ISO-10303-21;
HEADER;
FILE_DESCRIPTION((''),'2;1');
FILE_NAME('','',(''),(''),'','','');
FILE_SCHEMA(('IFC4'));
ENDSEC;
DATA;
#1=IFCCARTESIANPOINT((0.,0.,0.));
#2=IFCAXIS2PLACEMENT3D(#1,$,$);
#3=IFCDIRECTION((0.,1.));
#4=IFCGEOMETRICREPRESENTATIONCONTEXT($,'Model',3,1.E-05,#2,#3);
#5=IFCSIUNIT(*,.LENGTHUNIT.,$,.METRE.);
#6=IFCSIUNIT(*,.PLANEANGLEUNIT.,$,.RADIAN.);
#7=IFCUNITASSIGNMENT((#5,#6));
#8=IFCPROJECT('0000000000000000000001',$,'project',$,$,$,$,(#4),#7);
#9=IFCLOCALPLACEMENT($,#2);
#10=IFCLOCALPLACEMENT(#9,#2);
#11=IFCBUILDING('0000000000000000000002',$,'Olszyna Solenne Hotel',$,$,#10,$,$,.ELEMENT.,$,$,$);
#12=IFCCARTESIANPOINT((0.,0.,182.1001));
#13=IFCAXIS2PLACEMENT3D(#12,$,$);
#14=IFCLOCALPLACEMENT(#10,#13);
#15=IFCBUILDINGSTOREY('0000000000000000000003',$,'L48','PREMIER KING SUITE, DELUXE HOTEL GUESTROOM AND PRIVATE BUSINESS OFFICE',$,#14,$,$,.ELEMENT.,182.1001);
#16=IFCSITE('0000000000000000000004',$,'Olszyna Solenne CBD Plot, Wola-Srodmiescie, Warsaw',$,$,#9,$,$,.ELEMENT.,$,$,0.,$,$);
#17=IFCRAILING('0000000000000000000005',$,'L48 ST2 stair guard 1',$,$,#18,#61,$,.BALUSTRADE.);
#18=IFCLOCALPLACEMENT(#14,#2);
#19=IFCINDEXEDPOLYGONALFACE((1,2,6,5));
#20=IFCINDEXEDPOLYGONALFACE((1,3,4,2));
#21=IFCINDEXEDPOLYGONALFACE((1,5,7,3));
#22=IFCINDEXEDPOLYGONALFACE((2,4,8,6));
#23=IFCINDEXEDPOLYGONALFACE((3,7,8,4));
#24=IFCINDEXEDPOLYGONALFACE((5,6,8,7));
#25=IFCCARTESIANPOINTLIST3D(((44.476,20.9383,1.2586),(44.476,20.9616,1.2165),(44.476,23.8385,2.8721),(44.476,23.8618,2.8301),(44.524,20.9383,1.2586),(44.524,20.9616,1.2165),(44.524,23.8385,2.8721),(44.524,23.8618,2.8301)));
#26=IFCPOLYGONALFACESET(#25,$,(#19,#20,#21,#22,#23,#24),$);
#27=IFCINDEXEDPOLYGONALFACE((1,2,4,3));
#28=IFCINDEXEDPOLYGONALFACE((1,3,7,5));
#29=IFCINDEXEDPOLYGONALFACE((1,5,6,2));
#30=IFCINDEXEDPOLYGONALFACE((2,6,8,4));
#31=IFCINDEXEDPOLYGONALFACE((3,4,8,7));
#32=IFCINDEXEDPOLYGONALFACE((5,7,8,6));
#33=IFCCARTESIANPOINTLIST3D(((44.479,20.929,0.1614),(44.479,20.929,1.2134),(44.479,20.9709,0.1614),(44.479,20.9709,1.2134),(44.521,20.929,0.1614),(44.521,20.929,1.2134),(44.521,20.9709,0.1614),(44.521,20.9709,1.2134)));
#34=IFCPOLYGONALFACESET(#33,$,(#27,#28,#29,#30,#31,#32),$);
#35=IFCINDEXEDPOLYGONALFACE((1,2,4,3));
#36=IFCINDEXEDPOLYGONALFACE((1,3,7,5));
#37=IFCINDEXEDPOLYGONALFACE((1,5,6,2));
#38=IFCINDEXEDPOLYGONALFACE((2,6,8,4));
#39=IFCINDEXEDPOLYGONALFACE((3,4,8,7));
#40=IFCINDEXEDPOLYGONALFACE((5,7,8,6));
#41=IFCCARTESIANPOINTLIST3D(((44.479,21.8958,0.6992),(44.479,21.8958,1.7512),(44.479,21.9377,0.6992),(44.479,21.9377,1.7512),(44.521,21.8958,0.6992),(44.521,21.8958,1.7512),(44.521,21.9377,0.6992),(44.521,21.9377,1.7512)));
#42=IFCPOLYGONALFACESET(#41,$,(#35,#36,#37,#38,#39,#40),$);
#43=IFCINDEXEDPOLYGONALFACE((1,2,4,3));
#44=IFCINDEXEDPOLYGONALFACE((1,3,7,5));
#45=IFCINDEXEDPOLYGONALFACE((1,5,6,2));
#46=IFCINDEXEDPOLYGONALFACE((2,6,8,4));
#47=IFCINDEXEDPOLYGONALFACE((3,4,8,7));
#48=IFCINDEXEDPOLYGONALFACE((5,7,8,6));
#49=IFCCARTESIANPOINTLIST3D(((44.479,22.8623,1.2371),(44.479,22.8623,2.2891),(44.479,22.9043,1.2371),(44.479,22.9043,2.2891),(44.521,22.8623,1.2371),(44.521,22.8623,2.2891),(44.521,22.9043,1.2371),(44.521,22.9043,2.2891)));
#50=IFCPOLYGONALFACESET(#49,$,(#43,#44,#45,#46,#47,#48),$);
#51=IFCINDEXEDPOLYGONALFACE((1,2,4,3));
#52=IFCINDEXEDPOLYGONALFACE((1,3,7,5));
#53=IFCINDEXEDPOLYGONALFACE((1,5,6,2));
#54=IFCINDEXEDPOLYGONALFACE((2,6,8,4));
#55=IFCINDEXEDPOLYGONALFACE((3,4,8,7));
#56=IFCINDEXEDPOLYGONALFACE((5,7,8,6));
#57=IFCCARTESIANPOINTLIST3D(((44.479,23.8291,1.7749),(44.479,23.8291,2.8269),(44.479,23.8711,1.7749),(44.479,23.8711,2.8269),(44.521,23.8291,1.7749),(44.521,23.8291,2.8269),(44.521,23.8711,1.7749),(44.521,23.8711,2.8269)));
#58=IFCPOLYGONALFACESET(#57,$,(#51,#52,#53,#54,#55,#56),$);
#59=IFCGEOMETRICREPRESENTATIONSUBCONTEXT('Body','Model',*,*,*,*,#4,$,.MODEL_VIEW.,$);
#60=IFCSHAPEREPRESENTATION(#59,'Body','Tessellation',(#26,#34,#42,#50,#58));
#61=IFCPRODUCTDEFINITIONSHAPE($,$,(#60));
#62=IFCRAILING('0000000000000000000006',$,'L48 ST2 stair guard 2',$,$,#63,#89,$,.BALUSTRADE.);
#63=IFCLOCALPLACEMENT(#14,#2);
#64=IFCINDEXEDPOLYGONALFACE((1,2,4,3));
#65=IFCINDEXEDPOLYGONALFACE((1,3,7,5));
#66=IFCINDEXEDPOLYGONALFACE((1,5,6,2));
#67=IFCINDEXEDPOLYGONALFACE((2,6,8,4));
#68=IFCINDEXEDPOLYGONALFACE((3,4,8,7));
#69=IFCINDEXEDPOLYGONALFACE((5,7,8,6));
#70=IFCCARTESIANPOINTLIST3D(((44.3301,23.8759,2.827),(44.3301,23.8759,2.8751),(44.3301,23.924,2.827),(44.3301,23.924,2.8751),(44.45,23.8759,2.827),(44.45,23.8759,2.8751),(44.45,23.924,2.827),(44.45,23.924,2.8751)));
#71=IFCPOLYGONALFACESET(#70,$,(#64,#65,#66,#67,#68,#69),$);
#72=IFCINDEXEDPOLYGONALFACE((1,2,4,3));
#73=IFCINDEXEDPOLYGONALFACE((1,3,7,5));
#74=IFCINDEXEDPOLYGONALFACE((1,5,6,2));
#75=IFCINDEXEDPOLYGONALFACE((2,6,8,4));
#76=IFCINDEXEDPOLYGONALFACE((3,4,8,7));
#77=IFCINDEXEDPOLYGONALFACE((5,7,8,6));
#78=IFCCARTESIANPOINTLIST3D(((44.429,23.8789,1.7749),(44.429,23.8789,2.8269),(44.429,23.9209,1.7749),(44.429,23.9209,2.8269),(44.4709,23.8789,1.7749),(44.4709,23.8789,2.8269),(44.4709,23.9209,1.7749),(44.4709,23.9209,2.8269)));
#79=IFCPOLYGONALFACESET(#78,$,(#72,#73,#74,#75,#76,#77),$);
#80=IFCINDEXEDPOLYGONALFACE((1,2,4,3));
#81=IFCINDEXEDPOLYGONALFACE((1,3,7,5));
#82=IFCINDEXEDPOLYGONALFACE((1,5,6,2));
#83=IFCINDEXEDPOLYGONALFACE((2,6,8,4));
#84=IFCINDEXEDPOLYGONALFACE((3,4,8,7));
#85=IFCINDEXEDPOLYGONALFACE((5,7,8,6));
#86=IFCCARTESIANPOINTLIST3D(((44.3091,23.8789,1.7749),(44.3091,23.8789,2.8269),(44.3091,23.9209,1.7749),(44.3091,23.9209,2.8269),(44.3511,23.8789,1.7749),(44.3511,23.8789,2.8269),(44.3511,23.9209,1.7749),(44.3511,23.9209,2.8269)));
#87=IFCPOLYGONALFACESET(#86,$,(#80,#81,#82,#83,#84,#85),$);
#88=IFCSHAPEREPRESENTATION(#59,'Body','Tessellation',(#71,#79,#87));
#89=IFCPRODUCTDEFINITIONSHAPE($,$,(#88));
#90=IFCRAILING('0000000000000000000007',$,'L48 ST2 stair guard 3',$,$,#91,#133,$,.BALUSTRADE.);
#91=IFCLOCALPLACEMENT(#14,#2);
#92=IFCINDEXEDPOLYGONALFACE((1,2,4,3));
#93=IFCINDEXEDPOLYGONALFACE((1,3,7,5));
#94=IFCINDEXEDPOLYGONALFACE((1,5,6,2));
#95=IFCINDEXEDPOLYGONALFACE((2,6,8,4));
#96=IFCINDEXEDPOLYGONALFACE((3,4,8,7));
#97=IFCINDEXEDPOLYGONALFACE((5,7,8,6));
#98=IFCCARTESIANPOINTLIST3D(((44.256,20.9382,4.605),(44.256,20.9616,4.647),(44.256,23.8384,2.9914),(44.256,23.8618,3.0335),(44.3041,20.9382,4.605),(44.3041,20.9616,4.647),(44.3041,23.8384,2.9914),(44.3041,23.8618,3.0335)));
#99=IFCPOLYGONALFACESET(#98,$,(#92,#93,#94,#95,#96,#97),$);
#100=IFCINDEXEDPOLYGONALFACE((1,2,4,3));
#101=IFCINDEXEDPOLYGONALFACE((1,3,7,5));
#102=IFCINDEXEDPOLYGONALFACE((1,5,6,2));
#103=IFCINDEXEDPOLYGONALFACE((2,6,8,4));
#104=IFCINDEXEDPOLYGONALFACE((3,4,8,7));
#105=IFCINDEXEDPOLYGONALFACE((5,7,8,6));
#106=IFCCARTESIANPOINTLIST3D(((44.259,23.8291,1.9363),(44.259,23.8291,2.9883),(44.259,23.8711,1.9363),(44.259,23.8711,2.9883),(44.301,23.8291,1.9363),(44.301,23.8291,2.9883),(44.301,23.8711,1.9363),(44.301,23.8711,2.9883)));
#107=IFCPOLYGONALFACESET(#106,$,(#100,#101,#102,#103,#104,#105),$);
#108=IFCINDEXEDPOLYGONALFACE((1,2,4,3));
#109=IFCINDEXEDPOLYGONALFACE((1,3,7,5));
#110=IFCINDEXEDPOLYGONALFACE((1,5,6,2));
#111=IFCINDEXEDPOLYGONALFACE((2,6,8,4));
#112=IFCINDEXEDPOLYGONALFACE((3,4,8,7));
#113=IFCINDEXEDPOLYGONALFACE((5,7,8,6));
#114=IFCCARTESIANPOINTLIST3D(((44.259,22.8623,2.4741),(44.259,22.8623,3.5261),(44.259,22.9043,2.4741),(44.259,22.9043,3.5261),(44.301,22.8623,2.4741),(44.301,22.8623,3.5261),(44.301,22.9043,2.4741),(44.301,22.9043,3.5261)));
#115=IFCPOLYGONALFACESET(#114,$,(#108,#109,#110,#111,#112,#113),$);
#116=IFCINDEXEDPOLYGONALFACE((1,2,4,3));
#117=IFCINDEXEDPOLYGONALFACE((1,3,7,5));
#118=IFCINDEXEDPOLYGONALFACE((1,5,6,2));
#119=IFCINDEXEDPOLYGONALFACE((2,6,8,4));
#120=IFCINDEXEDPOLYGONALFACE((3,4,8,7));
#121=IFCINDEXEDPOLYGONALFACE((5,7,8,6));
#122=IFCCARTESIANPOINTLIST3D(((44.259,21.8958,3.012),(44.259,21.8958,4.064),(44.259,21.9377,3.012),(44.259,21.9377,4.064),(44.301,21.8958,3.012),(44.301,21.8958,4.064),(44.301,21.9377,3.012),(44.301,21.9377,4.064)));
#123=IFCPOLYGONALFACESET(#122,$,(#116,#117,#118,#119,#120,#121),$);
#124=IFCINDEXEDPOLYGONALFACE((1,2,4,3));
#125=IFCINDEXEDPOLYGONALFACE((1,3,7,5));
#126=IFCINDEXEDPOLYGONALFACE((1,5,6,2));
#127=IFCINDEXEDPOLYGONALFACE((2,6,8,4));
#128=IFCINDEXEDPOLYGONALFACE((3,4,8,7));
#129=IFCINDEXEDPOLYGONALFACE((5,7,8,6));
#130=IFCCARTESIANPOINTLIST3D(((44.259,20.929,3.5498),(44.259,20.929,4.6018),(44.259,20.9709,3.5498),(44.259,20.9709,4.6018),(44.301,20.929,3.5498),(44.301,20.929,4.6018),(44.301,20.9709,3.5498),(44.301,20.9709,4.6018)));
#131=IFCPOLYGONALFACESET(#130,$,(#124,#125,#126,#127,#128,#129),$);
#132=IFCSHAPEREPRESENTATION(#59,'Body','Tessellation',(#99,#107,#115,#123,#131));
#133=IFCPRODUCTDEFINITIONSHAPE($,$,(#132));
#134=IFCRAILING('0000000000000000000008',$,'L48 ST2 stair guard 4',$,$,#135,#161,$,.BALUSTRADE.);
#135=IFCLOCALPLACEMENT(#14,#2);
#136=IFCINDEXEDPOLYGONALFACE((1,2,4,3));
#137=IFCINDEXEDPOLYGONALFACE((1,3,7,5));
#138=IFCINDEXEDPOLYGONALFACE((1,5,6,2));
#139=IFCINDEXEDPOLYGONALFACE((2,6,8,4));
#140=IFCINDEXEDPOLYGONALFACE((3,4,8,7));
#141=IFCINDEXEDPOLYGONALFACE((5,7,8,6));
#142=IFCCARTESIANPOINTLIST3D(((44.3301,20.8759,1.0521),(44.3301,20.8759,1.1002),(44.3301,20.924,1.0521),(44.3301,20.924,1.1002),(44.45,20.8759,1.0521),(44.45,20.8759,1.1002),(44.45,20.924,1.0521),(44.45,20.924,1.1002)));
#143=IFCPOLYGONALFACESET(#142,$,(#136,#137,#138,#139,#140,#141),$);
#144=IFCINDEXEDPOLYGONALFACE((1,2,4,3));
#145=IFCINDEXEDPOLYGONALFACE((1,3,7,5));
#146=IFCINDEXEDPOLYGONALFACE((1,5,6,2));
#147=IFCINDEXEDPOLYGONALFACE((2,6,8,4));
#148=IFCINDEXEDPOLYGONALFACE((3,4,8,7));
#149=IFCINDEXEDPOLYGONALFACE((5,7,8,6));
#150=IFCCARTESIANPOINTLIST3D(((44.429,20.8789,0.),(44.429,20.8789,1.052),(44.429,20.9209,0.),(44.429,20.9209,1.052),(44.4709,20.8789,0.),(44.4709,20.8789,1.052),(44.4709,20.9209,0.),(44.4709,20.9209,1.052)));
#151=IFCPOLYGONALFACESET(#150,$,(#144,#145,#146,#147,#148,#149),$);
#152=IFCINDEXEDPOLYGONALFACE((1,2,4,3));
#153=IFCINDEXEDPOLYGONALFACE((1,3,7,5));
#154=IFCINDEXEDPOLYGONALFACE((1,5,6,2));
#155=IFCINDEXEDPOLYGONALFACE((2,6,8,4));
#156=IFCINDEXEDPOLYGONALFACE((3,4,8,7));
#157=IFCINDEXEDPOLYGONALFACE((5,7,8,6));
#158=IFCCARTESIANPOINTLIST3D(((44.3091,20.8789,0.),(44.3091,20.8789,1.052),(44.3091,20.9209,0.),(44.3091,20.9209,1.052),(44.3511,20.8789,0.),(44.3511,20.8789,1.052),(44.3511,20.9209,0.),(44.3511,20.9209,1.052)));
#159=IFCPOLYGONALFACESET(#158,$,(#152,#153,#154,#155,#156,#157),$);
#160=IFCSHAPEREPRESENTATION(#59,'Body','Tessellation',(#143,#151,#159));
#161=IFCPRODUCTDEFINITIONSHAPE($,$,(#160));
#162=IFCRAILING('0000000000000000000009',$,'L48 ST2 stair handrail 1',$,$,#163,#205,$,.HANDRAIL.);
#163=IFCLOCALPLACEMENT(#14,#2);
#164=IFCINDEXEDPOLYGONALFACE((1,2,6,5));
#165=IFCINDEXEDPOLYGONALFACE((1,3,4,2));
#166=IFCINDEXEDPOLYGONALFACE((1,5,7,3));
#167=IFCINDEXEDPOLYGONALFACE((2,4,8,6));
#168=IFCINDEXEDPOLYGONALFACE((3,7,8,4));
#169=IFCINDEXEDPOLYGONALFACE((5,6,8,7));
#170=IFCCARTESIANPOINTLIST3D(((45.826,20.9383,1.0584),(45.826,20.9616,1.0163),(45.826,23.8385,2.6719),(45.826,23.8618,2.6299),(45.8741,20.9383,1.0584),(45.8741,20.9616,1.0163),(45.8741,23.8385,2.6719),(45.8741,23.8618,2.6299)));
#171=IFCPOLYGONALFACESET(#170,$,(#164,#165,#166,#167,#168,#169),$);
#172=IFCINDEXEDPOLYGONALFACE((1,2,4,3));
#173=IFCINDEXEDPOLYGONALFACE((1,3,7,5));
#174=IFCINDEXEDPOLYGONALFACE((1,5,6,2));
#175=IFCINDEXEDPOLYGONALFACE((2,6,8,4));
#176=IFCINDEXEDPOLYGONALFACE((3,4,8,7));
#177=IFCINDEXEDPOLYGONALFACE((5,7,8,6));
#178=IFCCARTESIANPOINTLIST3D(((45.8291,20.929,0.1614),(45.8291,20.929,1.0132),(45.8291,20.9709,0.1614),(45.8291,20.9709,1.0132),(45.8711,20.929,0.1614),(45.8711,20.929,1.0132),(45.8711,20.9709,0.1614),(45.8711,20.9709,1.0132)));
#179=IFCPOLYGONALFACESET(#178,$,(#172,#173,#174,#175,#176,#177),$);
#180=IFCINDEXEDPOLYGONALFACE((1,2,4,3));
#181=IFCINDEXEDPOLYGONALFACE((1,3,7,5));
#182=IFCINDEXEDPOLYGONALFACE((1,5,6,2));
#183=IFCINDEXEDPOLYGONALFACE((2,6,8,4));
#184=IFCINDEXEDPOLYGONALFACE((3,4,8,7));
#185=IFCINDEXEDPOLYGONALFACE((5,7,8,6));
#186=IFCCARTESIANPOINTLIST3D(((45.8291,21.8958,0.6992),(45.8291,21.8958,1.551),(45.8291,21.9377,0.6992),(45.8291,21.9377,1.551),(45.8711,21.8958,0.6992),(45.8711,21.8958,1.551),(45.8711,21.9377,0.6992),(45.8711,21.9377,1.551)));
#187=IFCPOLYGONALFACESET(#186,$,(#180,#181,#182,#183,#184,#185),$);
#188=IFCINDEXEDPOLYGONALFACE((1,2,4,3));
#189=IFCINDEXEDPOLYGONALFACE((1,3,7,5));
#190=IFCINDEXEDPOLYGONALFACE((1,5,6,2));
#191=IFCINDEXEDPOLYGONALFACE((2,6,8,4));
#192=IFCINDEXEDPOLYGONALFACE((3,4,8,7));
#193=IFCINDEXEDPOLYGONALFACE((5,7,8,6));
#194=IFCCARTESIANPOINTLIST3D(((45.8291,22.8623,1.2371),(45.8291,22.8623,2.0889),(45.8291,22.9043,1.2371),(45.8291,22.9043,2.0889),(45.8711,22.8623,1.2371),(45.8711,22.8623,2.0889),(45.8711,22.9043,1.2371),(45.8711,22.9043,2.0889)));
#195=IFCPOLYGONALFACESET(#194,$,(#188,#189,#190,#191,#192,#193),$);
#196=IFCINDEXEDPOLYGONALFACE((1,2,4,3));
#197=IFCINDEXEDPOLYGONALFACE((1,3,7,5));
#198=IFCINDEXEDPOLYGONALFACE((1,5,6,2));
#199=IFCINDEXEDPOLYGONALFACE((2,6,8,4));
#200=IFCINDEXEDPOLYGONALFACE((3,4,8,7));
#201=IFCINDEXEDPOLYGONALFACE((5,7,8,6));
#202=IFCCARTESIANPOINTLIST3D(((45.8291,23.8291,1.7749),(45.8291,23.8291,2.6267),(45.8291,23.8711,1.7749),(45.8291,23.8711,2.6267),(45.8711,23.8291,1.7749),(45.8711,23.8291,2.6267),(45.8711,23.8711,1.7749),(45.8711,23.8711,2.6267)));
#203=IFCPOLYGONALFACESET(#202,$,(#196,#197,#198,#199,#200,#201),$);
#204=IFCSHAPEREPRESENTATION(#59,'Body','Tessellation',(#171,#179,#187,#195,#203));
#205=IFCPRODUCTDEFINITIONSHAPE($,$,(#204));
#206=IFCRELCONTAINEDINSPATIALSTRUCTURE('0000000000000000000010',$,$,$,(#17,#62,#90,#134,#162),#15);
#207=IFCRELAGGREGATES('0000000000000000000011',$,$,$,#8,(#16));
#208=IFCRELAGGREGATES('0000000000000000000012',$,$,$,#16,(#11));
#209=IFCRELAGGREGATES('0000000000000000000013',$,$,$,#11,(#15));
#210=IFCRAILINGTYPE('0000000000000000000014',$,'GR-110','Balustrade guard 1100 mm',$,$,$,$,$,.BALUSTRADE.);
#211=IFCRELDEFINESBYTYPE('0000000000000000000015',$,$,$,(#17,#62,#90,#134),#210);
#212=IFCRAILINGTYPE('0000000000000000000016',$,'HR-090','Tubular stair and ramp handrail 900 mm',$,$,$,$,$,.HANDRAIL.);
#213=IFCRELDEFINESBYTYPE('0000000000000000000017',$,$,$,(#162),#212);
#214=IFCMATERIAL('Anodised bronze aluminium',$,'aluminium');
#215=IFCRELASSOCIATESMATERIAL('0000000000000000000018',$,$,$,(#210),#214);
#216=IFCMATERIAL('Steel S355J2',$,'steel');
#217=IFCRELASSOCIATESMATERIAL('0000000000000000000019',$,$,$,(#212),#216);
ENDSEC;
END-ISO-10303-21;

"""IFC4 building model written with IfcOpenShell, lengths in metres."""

from ifc_helpers import new_model, si_unit, direction, frame, origin, origin_2d, place, context, subcontext, project, spatial, rectangle, extrude, material, type_object, element, save


model = new_model("IFC4")

# Units and contexts
model_context = context("Model", 3, precision=1e-05, world=origin(), true_north=direction((0.0, 1.0)))
body_context = subcontext(model_context, "Body", "Model", "MODEL_VIEW")
ifc_project = project(units=[si_unit("LENGTHUNIT", "METRE"), si_unit("PLANEANGLEUNIT", "RADIAN")], contexts=[model_context])

# Site, building, storey
site_placement = place(None, origin())
site = spatial("IfcSite", under=ifc_project, at=site_placement, Name="Olszyna Solenne CBD Plot, Wola-Srodmiescie, Warsaw", CompositionType="ELEMENT", RefElevation=0.0)
building_placement = place(site_placement, origin())
building = spatial("IfcBuilding", under=site, at=building_placement, Name="Olszyna Solenne Hotel", CompositionType="ELEMENT")
storey_placement = place(building_placement, frame((0.0, 0.0, 182.1001)))
storey = spatial("IfcBuildingStorey", under=building, at=storey_placement, Name="L48", Description="PREMIER KING SUITE, DELUXE HOTEL GUESTROOM AND PRIVATE BUSINESS OFFICE", CompositionType="ELEMENT", Elevation=182.1001)

# Shared definitions
ifc_material_1 = material(Name="Steel S355J2", Category="steel")

# Shared definitions
ifc_material_2 = material(Name="Anodised bronze aluminium", Category="aluminium")

# Railings
railing_type_1 = type_object("IfcRailingType", Name="GR-110", Description="Balustrade guard 1100 mm", PredefinedType="BALUSTRADE", material=ifc_material_2)
railing_1_placement = place(storey_placement, frame((44.5, 20.95, 0.1614)))
element("IfcRailing", 1, at=railing_1_placement, inside=storey, type_object=railing_type_1, Name="L48 ST2 stair guard 1", PredefinedType="BALUSTRADE", context=body_context, shape_type="SweptSolid", body=[
    extrude(rectangle(XDim=0.0481, YDim=0.0481, at=origin_2d()), frame((0.0, 0.0, 1.0762), z_axis=(0.0, 0.873859, 0.48618), x_axis=(-1.0, 0.0, 0.0)), (0.0, 0.0, 1.0), 3.3188),
    extrude(rectangle(XDim=0.042, YDim=0.042, at=origin_2d()), origin(), (0.0, 0.0, 1.0), 1.052),
    extrude(rectangle(XDim=0.042, YDim=0.042, at=origin_2d()), frame((0.0, 0.9668, 0.5378)), (0.0, 0.0, 1.0), 1.052),
    extrude(rectangle(XDim=0.042, YDim=0.042, at=origin_2d()), frame((0.0, 1.9333, 1.0757)), (0.0, 0.0, 1.0), 1.052),
    extrude(rectangle(XDim=0.042, YDim=0.042, at=origin_2d()), frame((0.0, 2.9001, 1.6135)), (0.0, 0.0, 1.0), 1.052),
])
railing_2_placement = place(storey_placement, frame((44.45, 23.8999, 1.7749)))
element("IfcRailing", 2, at=railing_2_placement, inside=storey, type_object=railing_type_1, Name="L48 ST2 stair guard 2", PredefinedType="BALUSTRADE", context=body_context, shape_type="SweptSolid", body=[
    extrude(rectangle(XDim=0.0481, YDim=0.0481, at=origin_2d()), frame((0.0, 0.0, 1.0762), z_axis=(-1.0, 0.0, 0.0), x_axis=(0.0, -1.0, 0.0)), (0.0, 0.0, 1.0), 0.1199),
    extrude(rectangle(XDim=0.042, YDim=0.042, at=origin_2d()), origin(), (0.0, 0.0, 1.0), 1.052),
    extrude(rectangle(XDim=0.042, YDim=0.042, at=origin_2d()), frame((-0.1199, 0.0, 0.0)), (0.0, 0.0, 1.0), 1.052),
])
railing_3_placement = place(storey_placement, frame((44.28, 23.8501, 1.9363)))
element("IfcRailing", 3, at=railing_3_placement, inside=storey, type_object=railing_type_1, Name="L48 ST2 stair guard 3", PredefinedType="BALUSTRADE", context=body_context, shape_type="SweptSolid", body=[
    extrude(rectangle(XDim=0.0481, YDim=0.0481, at=origin_2d()), frame((0.0, 0.0, 1.0762), z_axis=(0.0, -0.873859, 0.48618), x_axis=(1.0, 0.0, 0.0)), (0.0, 0.0, 1.0), 3.3188),
    extrude(rectangle(XDim=0.042, YDim=0.042, at=origin_2d()), origin(), (0.0, 0.0, 1.0), 1.052),
    extrude(rectangle(XDim=0.042, YDim=0.042, at=origin_2d()), frame((0.0, -0.9668, 0.5378)), (0.0, 0.0, 1.0), 1.052),
    extrude(rectangle(XDim=0.042, YDim=0.042, at=origin_2d()), frame((0.0, -1.9333, 1.0757)), (0.0, 0.0, 1.0), 1.052),
    extrude(rectangle(XDim=0.042, YDim=0.042, at=origin_2d()), frame((0.0, -2.9001, 1.6135)), (0.0, 0.0, 1.0), 1.052),
])
railing_4_placement = place(storey_placement, frame((44.45, 20.8999, 0.0)))
element("IfcRailing", 4, at=railing_4_placement, inside=storey, type_object=railing_type_1, Name="L48 ST2 stair guard 4", PredefinedType="BALUSTRADE", context=body_context, shape_type="SweptSolid", body=[
    extrude(rectangle(XDim=0.0481, YDim=0.0481, at=origin_2d()), frame((0.0, 0.0, 1.0762), z_axis=(-1.0, 0.0, 0.0), x_axis=(0.0, -1.0, 0.0)), (0.0, 0.0, 1.0), 0.1199),
    extrude(rectangle(XDim=0.042, YDim=0.042, at=origin_2d()), origin(), (0.0, 0.0, 1.0), 1.052),
    extrude(rectangle(XDim=0.042, YDim=0.042, at=origin_2d()), frame((-0.1199, 0.0, 0.0)), (0.0, 0.0, 1.0), 1.052),
])
railing_type_2 = type_object("IfcRailingType", Name="HR-090", Description="Tubular stair and ramp handrail 900 mm", PredefinedType="HANDRAIL", material=ifc_material_1)
railing_5_placement = place(storey_placement, frame((45.8501, 20.95, 0.1614)))
element("IfcRailing", 5, at=railing_5_placement, inside=storey, type_object=railing_type_2, Name="L48 ST2 stair handrail 1", PredefinedType="HANDRAIL", context=body_context, shape_type="SweptSolid", body=[
    extrude(rectangle(XDim=0.0481, YDim=0.0481, at=origin_2d()), frame((0.0, 0.0, 0.876), z_axis=(0.0, 0.873859, 0.48618), x_axis=(-1.0, 0.0, 0.0)), (0.0, 0.0, 1.0), 3.3188),
    extrude(rectangle(XDim=0.042, YDim=0.042, at=origin_2d()), origin(), (0.0, 0.0, 1.0), 0.8518),
    extrude(rectangle(XDim=0.042, YDim=0.042, at=origin_2d()), frame((0.0, 0.9668, 0.5378)), (0.0, 0.0, 1.0), 0.8518),
    extrude(rectangle(XDim=0.042, YDim=0.042, at=origin_2d()), frame((0.0, 1.9333, 1.0757)), (0.0, 0.0, 1.0), 0.8518),
    extrude(rectangle(XDim=0.042, YDim=0.042, at=origin_2d()), frame((0.0, 2.9001, 1.6135)), (0.0, 0.0, 1.0), 0.8518),
])

save(model, "model.ifc")
